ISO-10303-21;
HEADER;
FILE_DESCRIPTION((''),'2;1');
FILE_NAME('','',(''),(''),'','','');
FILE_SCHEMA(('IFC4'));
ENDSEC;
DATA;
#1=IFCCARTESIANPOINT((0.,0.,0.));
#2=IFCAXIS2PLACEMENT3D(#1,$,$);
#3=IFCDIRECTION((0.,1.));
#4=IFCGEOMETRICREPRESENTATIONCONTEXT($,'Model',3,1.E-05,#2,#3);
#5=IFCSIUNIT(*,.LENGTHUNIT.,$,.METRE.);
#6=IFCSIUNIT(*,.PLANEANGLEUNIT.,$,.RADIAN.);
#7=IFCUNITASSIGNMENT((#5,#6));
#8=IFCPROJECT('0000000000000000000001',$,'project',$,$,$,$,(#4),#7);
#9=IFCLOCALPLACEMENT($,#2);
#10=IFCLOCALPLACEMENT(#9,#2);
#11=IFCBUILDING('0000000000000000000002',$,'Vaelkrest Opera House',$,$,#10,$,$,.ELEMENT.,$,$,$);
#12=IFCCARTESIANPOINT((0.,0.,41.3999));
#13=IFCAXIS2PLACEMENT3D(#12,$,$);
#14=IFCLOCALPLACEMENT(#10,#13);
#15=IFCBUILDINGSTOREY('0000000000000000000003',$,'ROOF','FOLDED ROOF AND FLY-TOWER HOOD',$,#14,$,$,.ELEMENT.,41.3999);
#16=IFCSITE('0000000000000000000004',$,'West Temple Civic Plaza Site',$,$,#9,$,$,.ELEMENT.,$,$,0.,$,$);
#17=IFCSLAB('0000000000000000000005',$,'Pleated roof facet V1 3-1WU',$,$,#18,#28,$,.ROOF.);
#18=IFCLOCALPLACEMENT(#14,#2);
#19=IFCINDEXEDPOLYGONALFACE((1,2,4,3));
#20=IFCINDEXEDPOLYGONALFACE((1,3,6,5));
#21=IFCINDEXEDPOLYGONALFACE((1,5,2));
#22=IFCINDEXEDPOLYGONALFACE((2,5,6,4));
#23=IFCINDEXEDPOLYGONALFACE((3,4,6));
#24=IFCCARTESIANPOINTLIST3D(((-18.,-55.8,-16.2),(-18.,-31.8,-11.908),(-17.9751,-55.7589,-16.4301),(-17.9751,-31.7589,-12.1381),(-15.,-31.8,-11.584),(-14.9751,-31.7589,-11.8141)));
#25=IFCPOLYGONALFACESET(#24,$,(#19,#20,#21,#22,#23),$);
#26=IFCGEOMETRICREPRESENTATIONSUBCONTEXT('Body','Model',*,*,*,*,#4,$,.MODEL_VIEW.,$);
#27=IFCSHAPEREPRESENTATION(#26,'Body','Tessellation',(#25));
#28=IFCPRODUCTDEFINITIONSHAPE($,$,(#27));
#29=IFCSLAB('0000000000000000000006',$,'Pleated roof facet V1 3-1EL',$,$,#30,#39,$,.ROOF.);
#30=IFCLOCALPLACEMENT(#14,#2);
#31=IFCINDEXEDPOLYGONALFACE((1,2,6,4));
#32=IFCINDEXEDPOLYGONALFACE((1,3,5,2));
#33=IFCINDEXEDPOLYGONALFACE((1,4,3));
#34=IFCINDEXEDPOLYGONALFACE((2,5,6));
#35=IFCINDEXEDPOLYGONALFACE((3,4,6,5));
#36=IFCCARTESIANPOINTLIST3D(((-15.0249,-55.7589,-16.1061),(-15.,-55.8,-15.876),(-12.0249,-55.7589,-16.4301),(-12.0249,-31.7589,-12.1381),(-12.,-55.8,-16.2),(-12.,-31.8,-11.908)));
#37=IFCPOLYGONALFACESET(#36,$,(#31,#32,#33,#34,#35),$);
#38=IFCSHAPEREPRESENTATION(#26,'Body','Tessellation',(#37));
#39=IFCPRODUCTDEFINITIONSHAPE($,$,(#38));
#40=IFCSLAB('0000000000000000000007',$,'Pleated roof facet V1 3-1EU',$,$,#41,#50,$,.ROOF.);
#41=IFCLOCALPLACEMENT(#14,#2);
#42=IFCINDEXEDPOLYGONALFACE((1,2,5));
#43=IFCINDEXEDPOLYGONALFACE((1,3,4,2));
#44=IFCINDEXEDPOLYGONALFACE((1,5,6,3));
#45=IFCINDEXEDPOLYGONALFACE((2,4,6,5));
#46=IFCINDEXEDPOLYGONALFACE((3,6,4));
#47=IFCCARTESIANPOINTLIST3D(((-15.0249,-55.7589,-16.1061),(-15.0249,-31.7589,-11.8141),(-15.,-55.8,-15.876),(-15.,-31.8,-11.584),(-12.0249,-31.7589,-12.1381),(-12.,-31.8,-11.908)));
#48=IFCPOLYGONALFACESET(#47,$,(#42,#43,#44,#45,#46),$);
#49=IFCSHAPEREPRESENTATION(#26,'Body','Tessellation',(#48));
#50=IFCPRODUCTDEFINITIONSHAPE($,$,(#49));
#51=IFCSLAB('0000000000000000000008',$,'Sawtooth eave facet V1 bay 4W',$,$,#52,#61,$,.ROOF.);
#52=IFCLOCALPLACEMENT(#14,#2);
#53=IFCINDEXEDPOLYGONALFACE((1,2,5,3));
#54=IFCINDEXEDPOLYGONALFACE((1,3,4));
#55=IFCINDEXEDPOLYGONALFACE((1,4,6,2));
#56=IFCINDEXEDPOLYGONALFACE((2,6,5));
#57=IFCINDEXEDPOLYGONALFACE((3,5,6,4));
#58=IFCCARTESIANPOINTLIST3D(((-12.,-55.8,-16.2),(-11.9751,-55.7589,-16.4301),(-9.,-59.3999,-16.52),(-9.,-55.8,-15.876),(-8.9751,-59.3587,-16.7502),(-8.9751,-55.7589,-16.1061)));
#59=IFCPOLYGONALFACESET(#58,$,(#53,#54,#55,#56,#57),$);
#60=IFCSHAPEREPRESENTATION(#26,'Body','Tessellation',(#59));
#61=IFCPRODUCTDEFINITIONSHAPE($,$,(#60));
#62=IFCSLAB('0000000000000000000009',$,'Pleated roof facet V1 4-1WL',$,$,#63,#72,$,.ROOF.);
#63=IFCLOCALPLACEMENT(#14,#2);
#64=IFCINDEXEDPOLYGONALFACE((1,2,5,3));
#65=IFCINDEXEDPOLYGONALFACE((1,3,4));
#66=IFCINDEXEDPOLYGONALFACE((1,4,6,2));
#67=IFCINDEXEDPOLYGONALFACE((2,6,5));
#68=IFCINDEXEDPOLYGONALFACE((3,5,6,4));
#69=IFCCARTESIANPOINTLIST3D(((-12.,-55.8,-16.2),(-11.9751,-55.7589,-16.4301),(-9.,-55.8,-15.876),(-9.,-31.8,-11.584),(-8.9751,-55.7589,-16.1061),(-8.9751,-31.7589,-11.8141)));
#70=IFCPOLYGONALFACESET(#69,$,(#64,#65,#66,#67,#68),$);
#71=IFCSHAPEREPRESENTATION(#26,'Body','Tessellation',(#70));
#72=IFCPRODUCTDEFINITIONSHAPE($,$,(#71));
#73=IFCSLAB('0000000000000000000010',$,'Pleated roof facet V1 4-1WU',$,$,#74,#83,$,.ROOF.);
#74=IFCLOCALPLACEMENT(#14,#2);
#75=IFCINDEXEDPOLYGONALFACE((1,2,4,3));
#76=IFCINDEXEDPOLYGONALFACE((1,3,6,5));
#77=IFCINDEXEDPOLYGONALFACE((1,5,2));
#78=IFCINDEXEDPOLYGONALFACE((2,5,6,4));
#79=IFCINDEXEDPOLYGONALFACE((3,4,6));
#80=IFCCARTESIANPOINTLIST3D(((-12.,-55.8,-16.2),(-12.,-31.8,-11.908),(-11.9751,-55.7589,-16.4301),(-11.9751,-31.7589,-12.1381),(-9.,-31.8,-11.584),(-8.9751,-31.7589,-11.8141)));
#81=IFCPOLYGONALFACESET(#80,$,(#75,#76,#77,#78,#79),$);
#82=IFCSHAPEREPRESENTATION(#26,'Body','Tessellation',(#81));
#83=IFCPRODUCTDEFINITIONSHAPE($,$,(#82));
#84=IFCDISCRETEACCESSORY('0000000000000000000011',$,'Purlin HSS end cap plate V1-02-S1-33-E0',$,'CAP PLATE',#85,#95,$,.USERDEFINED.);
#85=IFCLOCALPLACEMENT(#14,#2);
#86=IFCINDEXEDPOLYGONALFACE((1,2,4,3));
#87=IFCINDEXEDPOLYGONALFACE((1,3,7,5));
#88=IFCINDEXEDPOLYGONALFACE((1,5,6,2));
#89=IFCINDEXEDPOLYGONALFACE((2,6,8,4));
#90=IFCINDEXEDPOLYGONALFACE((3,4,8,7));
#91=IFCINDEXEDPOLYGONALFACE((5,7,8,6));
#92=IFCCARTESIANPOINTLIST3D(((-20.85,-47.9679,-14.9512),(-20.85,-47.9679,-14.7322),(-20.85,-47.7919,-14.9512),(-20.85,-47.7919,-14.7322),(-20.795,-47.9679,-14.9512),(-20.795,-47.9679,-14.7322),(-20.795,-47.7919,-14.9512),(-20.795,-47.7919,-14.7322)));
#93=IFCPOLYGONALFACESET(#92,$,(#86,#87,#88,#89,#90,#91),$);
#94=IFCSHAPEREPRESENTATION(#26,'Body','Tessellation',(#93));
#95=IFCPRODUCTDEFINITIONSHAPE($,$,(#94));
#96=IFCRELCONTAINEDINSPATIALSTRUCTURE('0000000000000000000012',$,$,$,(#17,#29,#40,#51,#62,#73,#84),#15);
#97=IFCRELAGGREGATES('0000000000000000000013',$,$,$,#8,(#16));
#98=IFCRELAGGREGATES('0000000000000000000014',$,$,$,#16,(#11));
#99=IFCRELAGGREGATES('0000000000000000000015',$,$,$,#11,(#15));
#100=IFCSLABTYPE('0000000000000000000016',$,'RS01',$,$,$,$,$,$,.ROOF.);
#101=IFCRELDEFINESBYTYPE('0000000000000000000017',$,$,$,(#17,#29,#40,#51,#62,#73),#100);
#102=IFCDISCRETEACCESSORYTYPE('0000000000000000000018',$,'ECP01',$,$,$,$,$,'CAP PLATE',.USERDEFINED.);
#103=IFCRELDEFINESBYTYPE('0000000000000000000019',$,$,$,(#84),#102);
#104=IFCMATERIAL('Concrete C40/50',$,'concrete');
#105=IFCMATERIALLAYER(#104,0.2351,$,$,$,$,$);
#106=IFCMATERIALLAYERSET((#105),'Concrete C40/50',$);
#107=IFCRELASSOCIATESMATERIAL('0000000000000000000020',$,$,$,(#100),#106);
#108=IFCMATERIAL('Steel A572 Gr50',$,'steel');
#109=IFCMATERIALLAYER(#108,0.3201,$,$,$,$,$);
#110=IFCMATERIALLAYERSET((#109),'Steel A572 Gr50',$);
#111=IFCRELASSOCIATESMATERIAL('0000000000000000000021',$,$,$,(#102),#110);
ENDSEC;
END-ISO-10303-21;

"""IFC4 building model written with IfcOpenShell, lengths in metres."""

from ifc_helpers import new_model, si_unit, direction, frame, origin, origin_2d, place, context, subcontext, project, spatial, polyline, rectangle, outline, extrude, material, layer, layer_set, type_object, element, save


model = new_model("IFC4")

# Units and contexts
model_context = context("Model", 3, precision=1e-05, world=origin(), true_north=direction((0.0, 1.0)))
body_context = subcontext(model_context, "Body", "Model", "MODEL_VIEW")
ifc_project = project(units=[si_unit("LENGTHUNIT", "METRE"), si_unit("PLANEANGLEUNIT", "RADIAN")], contexts=[model_context])

# Site, building, storey
site_placement = place(None, origin())
site = spatial("IfcSite", under=ifc_project, at=site_placement, Name="West Temple Civic Plaza Site", CompositionType="ELEMENT", RefElevation=0.0)
building_placement = place(site_placement, origin())
building = spatial("IfcBuilding", under=site, at=building_placement, Name="Vaelkrest Opera House", CompositionType="ELEMENT")
storey_placement = place(building_placement, frame((0.0, 0.0, 41.3999)))
storey = spatial("IfcBuildingStorey", under=building, at=storey_placement, Name="ROOF", Description="FOLDED ROOF AND FLY-TOWER HOOD", CompositionType="ELEMENT", Elevation=41.3999)

# Shared definitions
ifc_material_1 = material(Name="Steel A572 Gr50", Category="steel")

# Slabs
ifc_material_2 = material(Name="Concrete C40/50", Category="concrete")
ifc_layer_1 = layer(ifc_material_2, 0.2351)
ifc_layer_set_1 = layer_set([ifc_layer_1], Name="Concrete C40/50")
slab_type = type_object("IfcSlabType", Name="RS01", PredefinedType="ROOF", material=ifc_layer_set_1)
slab_1_placement = place(storey_placement, frame((-18.0, -55.8, -16.2), z_axis=(-0.105709, -0.175054, 0.978868), x_axis=(0.121836, 0.974686, 0.187463)))
element("IfcSlab", 1, at=slab_1_placement, inside=storey, type_object=slab_type, Name="Pleated roof facet V1 3-1WU", PredefinedType="ROOF", context=body_context, shape_type="SweptSolid", body=[
    extrude(outline(polyline([(0.0, 0.0), (24.6233, 0.0), (24.1971, 2.9872), (0.0, 0.0)])), origin(), (0.0, 0.0, -1.0), 0.2351),
])
slab_2_placement = place(storey_placement, frame((-15.0, -55.8, -15.876), z_axis=(0.105709, -0.175054, 0.978868), x_axis=(0.994219, 0.0, -0.107367)))
element("IfcSlab", 2, at=slab_2_placement, inside=storey, type_object=slab_type, Name="Pleated roof facet V1 3-1EL", PredefinedType="ROOF", context=body_context, shape_type="SweptSolid", body=[
    extrude(outline(polyline([(0.0, 0.0), (3.0174, 0.0), (2.5566, 24.3764), (0.0, 0.0)])), origin(), (0.0, 0.0, -1.0), 0.2351),
])
slab_3_placement = place(storey_placement, frame((-15.0, -55.8, -15.876), z_axis=(0.105709, -0.175054, 0.978868), x_axis=(0.122399, 0.979188, 0.161893)))
element("IfcSlab", 3, at=slab_3_placement, inside=storey, type_object=slab_type, Name="Pleated roof facet V1 3-1EU", PredefinedType="ROOF", context=body_context, shape_type="SweptSolid", body=[
    extrude(outline(polyline([(0.0, 0.0), (24.5101, 0.0), (24.1954, 3.001), (0.0, 0.0)])), origin(), (0.0, 0.0, -1.0), 0.2351),
])
slab_4_placement = place(storey_placement, frame((-12.0, -55.8, -16.2), z_axis=(-0.105708, -0.175125, 0.978855), x_axis=(0.638712, -0.766423, -0.068144)))
element("IfcSlab", 4, at=slab_4_placement, inside=storey, type_object=slab_type, Name="Sawtooth eave facet V1 bay 4W", PredefinedType="ROOF", context=body_context, shape_type="SweptSolid", body=[
    extrude(outline(polyline([(0.0, 0.0), (4.697, 0.0), (1.8941, 2.3489), (0.0, 0.0)])), origin(), (0.0, 0.0, -1.0), 0.2351),
])
slab_5_placement = place(storey_placement, frame((-12.0, -55.8, -16.2), z_axis=(-0.105709, -0.175054, 0.978868), x_axis=(0.994219, 0.0, 0.107367)))
element("IfcSlab", 5, at=slab_5_placement, inside=storey, type_object=slab_type, Name="Pleated roof facet V1 4-1WL", PredefinedType="ROOF", context=body_context, shape_type="SweptSolid", body=[
    extrude(outline(polyline([(0.0, 0.0), (3.0174, 0.0), (3.4783, 24.3764), (0.0, 0.0)])), origin(), (0.0, 0.0, -1.0), 0.2351),
])
slab_6_placement = place(storey_placement, frame((-12.0, -55.8, -16.2), z_axis=(-0.105709, -0.175054, 0.978868), x_axis=(0.121836, 0.974686, 0.187463)))
element("IfcSlab", 6, at=slab_6_placement, inside=storey, type_object=slab_type, Name="Pleated roof facet V1 4-1WU", PredefinedType="ROOF", context=body_context, shape_type="SweptSolid", body=[
    extrude(outline(polyline([(0.0, 0.0), (24.6233, 0.0), (24.1971, 2.9872), (0.0, 0.0)])), origin(), (0.0, 0.0, -1.0), 0.2351),
])

# Discrete accessory
ifc_layer_2 = layer(ifc_material_1, 0.3201)
ifc_layer_set_2 = layer_set([ifc_layer_2], Name="Steel A572 Gr50")
discrete_accessory_type = type_object("IfcDiscreteAccessoryType", Name="ECP01", ElementType="CAP PLATE", PredefinedType="USERDEFINED", material=ifc_layer_set_2)
discrete_accessory_placement = place(storey_placement, frame((-20.8225, -47.8799, -14.9512), z_axis=(0.0, 0.0, 1.0), x_axis=(1.0, 0.0, 0.0)))
element("IfcDiscreteAccessory", 7, at=discrete_accessory_placement, inside=storey, type_object=discrete_accessory_type, Name="Purlin HSS end cap plate V1-02-S1-33-E0", ObjectType="CAP PLATE", PredefinedType="USERDEFINED", context=body_context, shape_type="SweptSolid", body=[
    extrude(rectangle(XDim=0.0549, YDim=0.176, at=origin_2d()), origin(), (0.0, 0.0, 1.0), 0.219),
])

save(model, "model.ifc")
